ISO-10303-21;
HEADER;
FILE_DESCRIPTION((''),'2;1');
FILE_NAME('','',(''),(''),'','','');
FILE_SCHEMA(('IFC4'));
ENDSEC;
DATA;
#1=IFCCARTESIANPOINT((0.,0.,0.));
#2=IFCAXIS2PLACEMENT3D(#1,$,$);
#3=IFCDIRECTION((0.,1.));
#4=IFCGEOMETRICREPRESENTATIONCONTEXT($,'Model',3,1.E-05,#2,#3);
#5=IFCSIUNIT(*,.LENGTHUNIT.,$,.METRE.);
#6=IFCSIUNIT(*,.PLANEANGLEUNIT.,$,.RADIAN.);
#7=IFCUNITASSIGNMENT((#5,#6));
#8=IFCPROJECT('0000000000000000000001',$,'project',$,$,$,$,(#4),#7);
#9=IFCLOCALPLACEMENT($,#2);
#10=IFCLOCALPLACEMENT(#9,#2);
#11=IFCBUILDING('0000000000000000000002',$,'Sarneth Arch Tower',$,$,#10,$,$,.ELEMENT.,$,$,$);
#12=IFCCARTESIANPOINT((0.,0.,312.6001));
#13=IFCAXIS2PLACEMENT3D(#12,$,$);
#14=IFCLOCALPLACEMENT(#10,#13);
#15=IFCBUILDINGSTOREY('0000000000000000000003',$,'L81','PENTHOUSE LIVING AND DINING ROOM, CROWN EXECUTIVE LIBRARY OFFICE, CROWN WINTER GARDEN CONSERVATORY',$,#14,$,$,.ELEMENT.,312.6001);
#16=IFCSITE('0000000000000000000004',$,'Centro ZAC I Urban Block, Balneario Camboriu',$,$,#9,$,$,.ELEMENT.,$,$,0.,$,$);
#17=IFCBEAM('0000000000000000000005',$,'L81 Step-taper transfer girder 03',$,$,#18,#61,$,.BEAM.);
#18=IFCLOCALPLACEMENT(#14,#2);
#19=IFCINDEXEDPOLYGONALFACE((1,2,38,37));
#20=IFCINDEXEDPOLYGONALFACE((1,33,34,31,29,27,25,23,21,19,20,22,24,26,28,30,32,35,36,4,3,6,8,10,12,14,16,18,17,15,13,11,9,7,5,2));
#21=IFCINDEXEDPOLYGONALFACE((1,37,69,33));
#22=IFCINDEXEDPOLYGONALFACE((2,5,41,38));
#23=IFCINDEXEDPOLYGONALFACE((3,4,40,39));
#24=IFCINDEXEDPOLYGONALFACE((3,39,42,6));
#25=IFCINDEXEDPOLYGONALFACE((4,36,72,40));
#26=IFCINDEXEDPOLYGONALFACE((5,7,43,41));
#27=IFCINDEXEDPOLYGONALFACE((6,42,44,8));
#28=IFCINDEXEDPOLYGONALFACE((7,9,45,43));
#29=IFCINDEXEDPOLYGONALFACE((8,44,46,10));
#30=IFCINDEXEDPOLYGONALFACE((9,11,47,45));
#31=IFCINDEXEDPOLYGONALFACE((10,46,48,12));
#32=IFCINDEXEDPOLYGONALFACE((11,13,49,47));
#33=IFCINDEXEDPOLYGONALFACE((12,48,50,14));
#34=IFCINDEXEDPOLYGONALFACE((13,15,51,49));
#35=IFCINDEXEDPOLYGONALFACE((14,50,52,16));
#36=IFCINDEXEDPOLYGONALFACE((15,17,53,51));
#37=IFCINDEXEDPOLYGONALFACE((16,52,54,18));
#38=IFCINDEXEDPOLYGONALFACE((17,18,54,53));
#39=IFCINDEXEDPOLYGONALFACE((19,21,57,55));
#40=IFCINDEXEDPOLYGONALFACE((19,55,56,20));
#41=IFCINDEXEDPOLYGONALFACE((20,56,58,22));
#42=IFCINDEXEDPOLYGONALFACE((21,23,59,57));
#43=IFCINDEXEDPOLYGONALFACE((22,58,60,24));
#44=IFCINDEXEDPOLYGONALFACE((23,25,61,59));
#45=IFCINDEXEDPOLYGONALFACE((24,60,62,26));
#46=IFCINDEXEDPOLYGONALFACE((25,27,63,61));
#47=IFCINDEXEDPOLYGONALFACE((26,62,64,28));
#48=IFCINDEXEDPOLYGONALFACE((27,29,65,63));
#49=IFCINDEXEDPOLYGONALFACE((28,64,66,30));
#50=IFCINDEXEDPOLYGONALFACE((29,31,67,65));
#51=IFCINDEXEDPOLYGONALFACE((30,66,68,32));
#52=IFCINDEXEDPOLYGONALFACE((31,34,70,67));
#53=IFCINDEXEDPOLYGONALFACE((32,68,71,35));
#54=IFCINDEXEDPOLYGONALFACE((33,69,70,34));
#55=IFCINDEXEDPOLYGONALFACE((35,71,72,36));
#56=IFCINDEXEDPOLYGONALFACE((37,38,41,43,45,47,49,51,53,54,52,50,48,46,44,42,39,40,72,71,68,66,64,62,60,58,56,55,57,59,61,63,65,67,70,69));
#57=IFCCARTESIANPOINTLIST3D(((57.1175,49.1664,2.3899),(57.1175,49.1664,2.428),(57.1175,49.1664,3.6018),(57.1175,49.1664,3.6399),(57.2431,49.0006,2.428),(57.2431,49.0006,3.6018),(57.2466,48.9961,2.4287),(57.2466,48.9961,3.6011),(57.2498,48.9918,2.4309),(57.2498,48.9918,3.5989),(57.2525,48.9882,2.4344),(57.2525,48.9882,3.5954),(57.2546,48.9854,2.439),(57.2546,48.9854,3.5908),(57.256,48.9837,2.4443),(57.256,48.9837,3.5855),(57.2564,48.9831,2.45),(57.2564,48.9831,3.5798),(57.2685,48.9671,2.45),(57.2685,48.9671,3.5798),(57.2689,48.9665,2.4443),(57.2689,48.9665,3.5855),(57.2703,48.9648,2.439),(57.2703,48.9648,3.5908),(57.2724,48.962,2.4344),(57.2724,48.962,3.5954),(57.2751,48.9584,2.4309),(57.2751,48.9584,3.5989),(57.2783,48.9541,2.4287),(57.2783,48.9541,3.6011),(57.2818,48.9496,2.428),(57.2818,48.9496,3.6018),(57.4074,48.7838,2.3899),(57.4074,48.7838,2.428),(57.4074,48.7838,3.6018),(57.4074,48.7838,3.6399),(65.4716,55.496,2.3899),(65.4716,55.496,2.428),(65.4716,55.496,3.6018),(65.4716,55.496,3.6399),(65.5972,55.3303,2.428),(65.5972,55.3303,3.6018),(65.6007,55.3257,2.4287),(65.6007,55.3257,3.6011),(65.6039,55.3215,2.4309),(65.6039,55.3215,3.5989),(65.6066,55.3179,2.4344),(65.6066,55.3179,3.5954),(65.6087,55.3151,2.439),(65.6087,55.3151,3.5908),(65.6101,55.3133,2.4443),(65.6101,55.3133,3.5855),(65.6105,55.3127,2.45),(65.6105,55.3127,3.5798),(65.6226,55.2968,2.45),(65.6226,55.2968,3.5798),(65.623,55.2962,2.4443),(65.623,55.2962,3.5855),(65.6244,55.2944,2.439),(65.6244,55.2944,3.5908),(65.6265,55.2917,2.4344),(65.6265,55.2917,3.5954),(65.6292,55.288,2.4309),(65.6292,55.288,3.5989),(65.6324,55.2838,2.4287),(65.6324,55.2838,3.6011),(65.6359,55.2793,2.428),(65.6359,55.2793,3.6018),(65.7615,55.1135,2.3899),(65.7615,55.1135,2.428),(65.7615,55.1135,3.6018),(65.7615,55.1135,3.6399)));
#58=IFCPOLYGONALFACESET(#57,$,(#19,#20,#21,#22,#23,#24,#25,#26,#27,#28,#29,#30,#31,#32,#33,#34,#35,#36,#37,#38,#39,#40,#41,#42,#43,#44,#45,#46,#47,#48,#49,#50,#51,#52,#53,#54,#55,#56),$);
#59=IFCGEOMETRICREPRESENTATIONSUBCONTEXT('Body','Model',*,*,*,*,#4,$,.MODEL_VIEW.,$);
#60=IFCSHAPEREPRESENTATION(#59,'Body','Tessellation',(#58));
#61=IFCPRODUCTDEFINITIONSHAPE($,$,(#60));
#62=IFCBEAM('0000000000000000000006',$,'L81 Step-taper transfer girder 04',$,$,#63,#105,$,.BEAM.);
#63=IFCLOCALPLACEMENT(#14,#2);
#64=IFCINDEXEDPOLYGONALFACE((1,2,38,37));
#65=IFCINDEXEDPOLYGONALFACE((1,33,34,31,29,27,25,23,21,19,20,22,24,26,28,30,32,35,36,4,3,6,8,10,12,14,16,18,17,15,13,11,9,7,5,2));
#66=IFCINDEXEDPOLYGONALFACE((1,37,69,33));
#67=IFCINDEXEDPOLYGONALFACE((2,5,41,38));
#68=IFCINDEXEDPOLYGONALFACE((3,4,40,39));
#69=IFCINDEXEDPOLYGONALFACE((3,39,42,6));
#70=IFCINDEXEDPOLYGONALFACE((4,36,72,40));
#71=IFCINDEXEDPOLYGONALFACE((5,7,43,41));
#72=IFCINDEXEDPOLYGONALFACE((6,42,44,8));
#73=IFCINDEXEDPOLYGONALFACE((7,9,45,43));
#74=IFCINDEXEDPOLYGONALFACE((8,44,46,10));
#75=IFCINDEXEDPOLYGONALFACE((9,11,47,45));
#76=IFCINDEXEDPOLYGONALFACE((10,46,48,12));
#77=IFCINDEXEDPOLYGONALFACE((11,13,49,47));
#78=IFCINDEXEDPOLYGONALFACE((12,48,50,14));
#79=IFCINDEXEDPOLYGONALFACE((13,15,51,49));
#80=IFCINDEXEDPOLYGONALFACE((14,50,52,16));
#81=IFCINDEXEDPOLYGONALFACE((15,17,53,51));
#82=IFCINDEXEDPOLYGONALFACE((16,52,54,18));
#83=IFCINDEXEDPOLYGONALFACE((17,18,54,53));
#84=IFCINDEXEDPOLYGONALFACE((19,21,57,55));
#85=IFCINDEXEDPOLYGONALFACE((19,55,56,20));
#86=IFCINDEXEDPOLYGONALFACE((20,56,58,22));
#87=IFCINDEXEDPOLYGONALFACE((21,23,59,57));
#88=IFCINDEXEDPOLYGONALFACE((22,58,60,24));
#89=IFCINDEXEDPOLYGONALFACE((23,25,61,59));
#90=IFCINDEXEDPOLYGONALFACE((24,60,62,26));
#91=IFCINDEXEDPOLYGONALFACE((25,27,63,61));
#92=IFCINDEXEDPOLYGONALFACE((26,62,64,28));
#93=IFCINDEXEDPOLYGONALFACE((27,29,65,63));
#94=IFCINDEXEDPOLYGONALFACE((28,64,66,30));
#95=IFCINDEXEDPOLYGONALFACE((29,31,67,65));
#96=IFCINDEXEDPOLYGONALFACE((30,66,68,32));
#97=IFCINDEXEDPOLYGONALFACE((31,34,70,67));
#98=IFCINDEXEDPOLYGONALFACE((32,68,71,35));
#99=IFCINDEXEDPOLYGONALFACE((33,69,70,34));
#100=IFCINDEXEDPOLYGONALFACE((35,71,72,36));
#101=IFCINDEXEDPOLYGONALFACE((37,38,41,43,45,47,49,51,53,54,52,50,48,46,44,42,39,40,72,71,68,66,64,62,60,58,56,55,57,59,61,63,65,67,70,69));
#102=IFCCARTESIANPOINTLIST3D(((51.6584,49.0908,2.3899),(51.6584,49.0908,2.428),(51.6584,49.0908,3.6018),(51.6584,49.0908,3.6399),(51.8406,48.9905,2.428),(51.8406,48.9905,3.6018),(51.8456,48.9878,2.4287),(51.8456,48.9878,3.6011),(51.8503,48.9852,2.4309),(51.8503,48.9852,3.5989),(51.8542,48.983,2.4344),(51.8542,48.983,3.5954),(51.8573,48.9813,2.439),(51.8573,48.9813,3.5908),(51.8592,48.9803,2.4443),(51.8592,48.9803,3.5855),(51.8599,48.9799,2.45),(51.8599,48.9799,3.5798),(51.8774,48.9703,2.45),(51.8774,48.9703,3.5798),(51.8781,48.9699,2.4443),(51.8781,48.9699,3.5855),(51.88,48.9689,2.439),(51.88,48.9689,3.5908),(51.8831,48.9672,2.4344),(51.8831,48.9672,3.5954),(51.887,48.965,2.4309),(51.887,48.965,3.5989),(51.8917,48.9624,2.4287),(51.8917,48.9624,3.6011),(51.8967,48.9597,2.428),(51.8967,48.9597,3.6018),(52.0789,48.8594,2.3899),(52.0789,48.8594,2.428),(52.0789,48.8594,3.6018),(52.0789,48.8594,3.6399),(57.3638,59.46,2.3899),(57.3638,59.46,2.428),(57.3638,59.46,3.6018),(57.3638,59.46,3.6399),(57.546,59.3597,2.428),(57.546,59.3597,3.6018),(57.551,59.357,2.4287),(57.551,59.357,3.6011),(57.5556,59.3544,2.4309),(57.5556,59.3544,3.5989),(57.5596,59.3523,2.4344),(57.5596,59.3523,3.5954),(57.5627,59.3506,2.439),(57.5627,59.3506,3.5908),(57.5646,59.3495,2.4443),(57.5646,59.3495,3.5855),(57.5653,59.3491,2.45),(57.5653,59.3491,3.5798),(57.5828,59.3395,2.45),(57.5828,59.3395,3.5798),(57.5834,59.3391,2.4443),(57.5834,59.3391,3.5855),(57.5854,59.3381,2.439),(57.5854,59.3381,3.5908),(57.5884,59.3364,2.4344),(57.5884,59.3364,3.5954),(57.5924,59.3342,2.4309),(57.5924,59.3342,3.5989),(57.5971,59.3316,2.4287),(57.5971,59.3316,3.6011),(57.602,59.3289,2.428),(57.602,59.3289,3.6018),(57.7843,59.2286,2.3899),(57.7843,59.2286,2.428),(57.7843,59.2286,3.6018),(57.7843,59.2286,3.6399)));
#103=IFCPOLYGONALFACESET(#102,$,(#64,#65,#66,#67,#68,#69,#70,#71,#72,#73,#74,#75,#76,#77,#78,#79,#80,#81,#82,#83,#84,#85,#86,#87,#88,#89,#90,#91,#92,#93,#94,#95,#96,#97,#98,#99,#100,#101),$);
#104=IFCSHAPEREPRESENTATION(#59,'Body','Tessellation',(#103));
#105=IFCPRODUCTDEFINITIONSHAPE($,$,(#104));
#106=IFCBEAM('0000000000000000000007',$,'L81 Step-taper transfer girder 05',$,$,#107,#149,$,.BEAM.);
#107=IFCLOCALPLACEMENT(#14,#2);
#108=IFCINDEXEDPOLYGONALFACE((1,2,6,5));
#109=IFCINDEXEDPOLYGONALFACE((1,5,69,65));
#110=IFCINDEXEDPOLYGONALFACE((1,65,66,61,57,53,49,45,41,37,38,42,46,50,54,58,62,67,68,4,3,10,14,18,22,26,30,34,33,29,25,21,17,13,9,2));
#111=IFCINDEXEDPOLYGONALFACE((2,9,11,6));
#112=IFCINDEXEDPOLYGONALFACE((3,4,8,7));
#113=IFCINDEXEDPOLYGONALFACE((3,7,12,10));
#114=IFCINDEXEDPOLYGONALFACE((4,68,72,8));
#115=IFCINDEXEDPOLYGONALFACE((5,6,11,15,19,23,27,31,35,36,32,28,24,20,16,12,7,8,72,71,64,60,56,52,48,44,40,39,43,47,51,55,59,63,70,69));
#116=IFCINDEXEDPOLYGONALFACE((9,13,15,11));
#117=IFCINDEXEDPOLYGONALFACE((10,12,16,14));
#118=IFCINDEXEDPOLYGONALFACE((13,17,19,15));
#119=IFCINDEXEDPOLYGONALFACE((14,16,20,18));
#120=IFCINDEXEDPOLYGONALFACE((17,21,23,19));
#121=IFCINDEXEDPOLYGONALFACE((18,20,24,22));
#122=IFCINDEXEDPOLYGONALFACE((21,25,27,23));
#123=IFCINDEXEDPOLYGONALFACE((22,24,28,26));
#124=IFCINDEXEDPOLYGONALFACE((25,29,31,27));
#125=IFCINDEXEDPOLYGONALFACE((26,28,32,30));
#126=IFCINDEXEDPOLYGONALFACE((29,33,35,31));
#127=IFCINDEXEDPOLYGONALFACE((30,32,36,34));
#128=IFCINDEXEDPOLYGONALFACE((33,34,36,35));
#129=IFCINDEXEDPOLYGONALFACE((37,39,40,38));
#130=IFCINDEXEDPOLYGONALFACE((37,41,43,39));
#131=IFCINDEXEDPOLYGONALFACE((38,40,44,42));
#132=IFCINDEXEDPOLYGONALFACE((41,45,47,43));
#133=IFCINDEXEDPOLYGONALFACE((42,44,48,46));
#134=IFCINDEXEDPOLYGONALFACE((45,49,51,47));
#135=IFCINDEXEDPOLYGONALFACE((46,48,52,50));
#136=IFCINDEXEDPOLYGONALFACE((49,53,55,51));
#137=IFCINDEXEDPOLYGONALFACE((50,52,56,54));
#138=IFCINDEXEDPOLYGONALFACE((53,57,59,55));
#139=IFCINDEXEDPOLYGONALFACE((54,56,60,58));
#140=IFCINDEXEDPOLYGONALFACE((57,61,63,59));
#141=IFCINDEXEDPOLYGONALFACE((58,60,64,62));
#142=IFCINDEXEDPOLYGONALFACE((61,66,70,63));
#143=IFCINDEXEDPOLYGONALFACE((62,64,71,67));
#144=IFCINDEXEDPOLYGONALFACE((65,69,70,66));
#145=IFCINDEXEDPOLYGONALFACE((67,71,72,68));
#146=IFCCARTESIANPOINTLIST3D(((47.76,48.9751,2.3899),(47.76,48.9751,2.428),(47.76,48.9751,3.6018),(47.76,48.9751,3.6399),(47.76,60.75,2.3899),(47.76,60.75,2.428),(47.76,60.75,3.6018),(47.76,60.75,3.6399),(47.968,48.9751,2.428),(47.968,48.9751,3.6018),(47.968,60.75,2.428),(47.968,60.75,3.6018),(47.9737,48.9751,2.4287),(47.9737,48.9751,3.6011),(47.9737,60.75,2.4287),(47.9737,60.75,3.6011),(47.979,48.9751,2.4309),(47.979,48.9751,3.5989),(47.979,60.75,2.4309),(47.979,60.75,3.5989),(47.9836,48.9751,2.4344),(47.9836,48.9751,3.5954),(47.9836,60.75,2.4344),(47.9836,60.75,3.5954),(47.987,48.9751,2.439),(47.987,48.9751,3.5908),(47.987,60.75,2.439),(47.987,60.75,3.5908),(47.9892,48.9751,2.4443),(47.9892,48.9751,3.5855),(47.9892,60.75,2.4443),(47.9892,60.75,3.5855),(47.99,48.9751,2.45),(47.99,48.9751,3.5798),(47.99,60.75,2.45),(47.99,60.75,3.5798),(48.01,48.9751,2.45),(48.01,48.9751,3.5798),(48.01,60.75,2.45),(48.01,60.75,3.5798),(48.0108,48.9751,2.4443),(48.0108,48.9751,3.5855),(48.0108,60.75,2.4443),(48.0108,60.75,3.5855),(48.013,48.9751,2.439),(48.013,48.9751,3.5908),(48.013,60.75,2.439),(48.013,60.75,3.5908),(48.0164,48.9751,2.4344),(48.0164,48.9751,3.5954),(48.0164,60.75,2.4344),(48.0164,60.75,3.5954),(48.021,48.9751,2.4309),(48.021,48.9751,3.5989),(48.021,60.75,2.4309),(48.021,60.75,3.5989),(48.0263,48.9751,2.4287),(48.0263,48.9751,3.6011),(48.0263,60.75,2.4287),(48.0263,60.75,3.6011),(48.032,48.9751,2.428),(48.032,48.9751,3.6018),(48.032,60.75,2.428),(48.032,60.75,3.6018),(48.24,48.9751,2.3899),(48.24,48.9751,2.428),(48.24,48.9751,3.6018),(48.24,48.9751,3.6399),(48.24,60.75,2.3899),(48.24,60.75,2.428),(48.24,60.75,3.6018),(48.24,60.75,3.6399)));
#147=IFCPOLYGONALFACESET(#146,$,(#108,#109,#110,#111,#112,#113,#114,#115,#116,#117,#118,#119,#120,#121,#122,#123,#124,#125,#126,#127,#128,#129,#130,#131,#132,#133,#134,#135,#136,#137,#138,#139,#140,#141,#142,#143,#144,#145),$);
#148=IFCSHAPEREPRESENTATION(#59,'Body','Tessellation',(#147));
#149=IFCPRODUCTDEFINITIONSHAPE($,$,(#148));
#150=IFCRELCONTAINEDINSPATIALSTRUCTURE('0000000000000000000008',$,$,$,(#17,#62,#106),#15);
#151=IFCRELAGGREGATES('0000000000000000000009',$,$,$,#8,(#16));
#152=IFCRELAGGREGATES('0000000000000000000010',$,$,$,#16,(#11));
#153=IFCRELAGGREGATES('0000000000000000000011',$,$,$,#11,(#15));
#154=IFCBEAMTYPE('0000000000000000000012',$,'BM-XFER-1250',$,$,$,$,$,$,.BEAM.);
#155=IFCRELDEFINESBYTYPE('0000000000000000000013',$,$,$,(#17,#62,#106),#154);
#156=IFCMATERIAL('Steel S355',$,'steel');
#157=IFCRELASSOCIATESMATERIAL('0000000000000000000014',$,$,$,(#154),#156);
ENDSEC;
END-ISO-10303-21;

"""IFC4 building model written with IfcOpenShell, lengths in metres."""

from ifc_helpers import new_model, si_unit, direction, frame, origin, origin_2d, place, context, subcontext, project, spatial, i_section, extrude, material, material_profile, profile_set, type_object, element, save


model = new_model("IFC4")

# Units and contexts
model_context = context("Model", 3, precision=1e-05, world=origin(), true_north=direction((0.0, 1.0)))
body_context = subcontext(model_context, "Body", "Model", "MODEL_VIEW")
ifc_project = project(units=[si_unit("LENGTHUNIT", "METRE"), si_unit("PLANEANGLEUNIT", "RADIAN")], contexts=[model_context])

# Site, building, storey
site_placement = place(None, origin())
site = spatial("IfcSite", under=ifc_project, at=site_placement, Name="Centro ZAC I Urban Block, Balneario Camboriu", CompositionType="ELEMENT", RefElevation=0.0)
building_placement = place(site_placement, origin())
building = spatial("IfcBuilding", under=site, at=building_placement, Name="Sarneth Arch Tower", CompositionType="ELEMENT")
storey_placement = place(building_placement, frame((0.0, 0.0, 312.6001)))
storey = spatial("IfcBuildingStorey", under=building, at=storey_placement, Name="L81", Description="PENTHOUSE LIVING AND DINING ROOM, CROWN EXECUTIVE LIBRARY OFFICE, CROWN WINTER GARDEN CONSERVATORY", CompositionType="ELEMENT", Elevation=312.6001)

# Beams
ifc_material_1 = material(Name="Steel S355", Category="steel")
ifc_material_profile_1 = material_profile(ifc_material_1, i_section(OverallWidth=0.48, OverallDepth=1.25, WebThickness=0.02, FlangeThickness=0.0381, FilletRadius=0.022, at=origin_2d()), Name="CVS1250x520")
ifc_profile_set_1 = profile_set([ifc_material_profile_1], Name="Steel S355")
beam_type_1 = type_object("IfcBeamType", Name="BM-XFER-1250", PredefinedType="BEAM", material=ifc_profile_set_1)
beam_1_placement = place(storey_placement, frame((57.2625, 48.9751, 3.0149), z_axis=(0.797055, 0.603906, 0.0), x_axis=(-0.603906, 0.797055, 0.0)))
element("IfcBeam", 1, at=beam_1_placement, inside=storey, type_object=beam_type_1, Name="L81 Step-taper transfer girder 03", PredefinedType="BEAM", context=body_context, shape_type="SweptSolid", body=[
    extrude(i_section(OverallWidth=0.48, OverallDepth=1.25, WebThickness=0.02, FlangeThickness=0.0381, FilletRadius=0.022, at=origin_2d()), origin(), (0.0, 0.0, 1.0), 10.4812),
])
beam_2_placement = place(storey_placement, frame((51.8687, 48.9751, 3.0149), z_axis=(0.482068, 0.876134, 0.0), x_axis=(-0.876134, 0.482068, 0.0)))
element("IfcBeam", 2, at=beam_2_placement, inside=storey, type_object=beam_type_1, Name="L81 Step-taper transfer girder 04", PredefinedType="BEAM", context=body_context, shape_type="SweptSolid", body=[
    extrude(i_section(OverallWidth=0.48, OverallDepth=1.25, WebThickness=0.02, FlangeThickness=0.0381, FilletRadius=0.022, at=origin_2d()), origin(), (0.0, 0.0, 1.0), 11.8352),
])
beam_3_placement = place(storey_placement, frame((48.0, 48.9751, 3.0149), z_axis=(0.0, 1.0, 0.0), x_axis=(-1.0, 0.0, 0.0)))
element("IfcBeam", 3, at=beam_3_placement, inside=storey, type_object=beam_type_1, Name="L81 Step-taper transfer girder 05", PredefinedType="BEAM", context=body_context, shape_type="SweptSolid", body=[
    extrude(i_section(OverallWidth=0.48, OverallDepth=1.25, WebThickness=0.02, FlangeThickness=0.0381, FilletRadius=0.022, at=origin_2d()), origin(), (0.0, 0.0, 1.0), 11.7749),
])

save(model, "model.ifc")
